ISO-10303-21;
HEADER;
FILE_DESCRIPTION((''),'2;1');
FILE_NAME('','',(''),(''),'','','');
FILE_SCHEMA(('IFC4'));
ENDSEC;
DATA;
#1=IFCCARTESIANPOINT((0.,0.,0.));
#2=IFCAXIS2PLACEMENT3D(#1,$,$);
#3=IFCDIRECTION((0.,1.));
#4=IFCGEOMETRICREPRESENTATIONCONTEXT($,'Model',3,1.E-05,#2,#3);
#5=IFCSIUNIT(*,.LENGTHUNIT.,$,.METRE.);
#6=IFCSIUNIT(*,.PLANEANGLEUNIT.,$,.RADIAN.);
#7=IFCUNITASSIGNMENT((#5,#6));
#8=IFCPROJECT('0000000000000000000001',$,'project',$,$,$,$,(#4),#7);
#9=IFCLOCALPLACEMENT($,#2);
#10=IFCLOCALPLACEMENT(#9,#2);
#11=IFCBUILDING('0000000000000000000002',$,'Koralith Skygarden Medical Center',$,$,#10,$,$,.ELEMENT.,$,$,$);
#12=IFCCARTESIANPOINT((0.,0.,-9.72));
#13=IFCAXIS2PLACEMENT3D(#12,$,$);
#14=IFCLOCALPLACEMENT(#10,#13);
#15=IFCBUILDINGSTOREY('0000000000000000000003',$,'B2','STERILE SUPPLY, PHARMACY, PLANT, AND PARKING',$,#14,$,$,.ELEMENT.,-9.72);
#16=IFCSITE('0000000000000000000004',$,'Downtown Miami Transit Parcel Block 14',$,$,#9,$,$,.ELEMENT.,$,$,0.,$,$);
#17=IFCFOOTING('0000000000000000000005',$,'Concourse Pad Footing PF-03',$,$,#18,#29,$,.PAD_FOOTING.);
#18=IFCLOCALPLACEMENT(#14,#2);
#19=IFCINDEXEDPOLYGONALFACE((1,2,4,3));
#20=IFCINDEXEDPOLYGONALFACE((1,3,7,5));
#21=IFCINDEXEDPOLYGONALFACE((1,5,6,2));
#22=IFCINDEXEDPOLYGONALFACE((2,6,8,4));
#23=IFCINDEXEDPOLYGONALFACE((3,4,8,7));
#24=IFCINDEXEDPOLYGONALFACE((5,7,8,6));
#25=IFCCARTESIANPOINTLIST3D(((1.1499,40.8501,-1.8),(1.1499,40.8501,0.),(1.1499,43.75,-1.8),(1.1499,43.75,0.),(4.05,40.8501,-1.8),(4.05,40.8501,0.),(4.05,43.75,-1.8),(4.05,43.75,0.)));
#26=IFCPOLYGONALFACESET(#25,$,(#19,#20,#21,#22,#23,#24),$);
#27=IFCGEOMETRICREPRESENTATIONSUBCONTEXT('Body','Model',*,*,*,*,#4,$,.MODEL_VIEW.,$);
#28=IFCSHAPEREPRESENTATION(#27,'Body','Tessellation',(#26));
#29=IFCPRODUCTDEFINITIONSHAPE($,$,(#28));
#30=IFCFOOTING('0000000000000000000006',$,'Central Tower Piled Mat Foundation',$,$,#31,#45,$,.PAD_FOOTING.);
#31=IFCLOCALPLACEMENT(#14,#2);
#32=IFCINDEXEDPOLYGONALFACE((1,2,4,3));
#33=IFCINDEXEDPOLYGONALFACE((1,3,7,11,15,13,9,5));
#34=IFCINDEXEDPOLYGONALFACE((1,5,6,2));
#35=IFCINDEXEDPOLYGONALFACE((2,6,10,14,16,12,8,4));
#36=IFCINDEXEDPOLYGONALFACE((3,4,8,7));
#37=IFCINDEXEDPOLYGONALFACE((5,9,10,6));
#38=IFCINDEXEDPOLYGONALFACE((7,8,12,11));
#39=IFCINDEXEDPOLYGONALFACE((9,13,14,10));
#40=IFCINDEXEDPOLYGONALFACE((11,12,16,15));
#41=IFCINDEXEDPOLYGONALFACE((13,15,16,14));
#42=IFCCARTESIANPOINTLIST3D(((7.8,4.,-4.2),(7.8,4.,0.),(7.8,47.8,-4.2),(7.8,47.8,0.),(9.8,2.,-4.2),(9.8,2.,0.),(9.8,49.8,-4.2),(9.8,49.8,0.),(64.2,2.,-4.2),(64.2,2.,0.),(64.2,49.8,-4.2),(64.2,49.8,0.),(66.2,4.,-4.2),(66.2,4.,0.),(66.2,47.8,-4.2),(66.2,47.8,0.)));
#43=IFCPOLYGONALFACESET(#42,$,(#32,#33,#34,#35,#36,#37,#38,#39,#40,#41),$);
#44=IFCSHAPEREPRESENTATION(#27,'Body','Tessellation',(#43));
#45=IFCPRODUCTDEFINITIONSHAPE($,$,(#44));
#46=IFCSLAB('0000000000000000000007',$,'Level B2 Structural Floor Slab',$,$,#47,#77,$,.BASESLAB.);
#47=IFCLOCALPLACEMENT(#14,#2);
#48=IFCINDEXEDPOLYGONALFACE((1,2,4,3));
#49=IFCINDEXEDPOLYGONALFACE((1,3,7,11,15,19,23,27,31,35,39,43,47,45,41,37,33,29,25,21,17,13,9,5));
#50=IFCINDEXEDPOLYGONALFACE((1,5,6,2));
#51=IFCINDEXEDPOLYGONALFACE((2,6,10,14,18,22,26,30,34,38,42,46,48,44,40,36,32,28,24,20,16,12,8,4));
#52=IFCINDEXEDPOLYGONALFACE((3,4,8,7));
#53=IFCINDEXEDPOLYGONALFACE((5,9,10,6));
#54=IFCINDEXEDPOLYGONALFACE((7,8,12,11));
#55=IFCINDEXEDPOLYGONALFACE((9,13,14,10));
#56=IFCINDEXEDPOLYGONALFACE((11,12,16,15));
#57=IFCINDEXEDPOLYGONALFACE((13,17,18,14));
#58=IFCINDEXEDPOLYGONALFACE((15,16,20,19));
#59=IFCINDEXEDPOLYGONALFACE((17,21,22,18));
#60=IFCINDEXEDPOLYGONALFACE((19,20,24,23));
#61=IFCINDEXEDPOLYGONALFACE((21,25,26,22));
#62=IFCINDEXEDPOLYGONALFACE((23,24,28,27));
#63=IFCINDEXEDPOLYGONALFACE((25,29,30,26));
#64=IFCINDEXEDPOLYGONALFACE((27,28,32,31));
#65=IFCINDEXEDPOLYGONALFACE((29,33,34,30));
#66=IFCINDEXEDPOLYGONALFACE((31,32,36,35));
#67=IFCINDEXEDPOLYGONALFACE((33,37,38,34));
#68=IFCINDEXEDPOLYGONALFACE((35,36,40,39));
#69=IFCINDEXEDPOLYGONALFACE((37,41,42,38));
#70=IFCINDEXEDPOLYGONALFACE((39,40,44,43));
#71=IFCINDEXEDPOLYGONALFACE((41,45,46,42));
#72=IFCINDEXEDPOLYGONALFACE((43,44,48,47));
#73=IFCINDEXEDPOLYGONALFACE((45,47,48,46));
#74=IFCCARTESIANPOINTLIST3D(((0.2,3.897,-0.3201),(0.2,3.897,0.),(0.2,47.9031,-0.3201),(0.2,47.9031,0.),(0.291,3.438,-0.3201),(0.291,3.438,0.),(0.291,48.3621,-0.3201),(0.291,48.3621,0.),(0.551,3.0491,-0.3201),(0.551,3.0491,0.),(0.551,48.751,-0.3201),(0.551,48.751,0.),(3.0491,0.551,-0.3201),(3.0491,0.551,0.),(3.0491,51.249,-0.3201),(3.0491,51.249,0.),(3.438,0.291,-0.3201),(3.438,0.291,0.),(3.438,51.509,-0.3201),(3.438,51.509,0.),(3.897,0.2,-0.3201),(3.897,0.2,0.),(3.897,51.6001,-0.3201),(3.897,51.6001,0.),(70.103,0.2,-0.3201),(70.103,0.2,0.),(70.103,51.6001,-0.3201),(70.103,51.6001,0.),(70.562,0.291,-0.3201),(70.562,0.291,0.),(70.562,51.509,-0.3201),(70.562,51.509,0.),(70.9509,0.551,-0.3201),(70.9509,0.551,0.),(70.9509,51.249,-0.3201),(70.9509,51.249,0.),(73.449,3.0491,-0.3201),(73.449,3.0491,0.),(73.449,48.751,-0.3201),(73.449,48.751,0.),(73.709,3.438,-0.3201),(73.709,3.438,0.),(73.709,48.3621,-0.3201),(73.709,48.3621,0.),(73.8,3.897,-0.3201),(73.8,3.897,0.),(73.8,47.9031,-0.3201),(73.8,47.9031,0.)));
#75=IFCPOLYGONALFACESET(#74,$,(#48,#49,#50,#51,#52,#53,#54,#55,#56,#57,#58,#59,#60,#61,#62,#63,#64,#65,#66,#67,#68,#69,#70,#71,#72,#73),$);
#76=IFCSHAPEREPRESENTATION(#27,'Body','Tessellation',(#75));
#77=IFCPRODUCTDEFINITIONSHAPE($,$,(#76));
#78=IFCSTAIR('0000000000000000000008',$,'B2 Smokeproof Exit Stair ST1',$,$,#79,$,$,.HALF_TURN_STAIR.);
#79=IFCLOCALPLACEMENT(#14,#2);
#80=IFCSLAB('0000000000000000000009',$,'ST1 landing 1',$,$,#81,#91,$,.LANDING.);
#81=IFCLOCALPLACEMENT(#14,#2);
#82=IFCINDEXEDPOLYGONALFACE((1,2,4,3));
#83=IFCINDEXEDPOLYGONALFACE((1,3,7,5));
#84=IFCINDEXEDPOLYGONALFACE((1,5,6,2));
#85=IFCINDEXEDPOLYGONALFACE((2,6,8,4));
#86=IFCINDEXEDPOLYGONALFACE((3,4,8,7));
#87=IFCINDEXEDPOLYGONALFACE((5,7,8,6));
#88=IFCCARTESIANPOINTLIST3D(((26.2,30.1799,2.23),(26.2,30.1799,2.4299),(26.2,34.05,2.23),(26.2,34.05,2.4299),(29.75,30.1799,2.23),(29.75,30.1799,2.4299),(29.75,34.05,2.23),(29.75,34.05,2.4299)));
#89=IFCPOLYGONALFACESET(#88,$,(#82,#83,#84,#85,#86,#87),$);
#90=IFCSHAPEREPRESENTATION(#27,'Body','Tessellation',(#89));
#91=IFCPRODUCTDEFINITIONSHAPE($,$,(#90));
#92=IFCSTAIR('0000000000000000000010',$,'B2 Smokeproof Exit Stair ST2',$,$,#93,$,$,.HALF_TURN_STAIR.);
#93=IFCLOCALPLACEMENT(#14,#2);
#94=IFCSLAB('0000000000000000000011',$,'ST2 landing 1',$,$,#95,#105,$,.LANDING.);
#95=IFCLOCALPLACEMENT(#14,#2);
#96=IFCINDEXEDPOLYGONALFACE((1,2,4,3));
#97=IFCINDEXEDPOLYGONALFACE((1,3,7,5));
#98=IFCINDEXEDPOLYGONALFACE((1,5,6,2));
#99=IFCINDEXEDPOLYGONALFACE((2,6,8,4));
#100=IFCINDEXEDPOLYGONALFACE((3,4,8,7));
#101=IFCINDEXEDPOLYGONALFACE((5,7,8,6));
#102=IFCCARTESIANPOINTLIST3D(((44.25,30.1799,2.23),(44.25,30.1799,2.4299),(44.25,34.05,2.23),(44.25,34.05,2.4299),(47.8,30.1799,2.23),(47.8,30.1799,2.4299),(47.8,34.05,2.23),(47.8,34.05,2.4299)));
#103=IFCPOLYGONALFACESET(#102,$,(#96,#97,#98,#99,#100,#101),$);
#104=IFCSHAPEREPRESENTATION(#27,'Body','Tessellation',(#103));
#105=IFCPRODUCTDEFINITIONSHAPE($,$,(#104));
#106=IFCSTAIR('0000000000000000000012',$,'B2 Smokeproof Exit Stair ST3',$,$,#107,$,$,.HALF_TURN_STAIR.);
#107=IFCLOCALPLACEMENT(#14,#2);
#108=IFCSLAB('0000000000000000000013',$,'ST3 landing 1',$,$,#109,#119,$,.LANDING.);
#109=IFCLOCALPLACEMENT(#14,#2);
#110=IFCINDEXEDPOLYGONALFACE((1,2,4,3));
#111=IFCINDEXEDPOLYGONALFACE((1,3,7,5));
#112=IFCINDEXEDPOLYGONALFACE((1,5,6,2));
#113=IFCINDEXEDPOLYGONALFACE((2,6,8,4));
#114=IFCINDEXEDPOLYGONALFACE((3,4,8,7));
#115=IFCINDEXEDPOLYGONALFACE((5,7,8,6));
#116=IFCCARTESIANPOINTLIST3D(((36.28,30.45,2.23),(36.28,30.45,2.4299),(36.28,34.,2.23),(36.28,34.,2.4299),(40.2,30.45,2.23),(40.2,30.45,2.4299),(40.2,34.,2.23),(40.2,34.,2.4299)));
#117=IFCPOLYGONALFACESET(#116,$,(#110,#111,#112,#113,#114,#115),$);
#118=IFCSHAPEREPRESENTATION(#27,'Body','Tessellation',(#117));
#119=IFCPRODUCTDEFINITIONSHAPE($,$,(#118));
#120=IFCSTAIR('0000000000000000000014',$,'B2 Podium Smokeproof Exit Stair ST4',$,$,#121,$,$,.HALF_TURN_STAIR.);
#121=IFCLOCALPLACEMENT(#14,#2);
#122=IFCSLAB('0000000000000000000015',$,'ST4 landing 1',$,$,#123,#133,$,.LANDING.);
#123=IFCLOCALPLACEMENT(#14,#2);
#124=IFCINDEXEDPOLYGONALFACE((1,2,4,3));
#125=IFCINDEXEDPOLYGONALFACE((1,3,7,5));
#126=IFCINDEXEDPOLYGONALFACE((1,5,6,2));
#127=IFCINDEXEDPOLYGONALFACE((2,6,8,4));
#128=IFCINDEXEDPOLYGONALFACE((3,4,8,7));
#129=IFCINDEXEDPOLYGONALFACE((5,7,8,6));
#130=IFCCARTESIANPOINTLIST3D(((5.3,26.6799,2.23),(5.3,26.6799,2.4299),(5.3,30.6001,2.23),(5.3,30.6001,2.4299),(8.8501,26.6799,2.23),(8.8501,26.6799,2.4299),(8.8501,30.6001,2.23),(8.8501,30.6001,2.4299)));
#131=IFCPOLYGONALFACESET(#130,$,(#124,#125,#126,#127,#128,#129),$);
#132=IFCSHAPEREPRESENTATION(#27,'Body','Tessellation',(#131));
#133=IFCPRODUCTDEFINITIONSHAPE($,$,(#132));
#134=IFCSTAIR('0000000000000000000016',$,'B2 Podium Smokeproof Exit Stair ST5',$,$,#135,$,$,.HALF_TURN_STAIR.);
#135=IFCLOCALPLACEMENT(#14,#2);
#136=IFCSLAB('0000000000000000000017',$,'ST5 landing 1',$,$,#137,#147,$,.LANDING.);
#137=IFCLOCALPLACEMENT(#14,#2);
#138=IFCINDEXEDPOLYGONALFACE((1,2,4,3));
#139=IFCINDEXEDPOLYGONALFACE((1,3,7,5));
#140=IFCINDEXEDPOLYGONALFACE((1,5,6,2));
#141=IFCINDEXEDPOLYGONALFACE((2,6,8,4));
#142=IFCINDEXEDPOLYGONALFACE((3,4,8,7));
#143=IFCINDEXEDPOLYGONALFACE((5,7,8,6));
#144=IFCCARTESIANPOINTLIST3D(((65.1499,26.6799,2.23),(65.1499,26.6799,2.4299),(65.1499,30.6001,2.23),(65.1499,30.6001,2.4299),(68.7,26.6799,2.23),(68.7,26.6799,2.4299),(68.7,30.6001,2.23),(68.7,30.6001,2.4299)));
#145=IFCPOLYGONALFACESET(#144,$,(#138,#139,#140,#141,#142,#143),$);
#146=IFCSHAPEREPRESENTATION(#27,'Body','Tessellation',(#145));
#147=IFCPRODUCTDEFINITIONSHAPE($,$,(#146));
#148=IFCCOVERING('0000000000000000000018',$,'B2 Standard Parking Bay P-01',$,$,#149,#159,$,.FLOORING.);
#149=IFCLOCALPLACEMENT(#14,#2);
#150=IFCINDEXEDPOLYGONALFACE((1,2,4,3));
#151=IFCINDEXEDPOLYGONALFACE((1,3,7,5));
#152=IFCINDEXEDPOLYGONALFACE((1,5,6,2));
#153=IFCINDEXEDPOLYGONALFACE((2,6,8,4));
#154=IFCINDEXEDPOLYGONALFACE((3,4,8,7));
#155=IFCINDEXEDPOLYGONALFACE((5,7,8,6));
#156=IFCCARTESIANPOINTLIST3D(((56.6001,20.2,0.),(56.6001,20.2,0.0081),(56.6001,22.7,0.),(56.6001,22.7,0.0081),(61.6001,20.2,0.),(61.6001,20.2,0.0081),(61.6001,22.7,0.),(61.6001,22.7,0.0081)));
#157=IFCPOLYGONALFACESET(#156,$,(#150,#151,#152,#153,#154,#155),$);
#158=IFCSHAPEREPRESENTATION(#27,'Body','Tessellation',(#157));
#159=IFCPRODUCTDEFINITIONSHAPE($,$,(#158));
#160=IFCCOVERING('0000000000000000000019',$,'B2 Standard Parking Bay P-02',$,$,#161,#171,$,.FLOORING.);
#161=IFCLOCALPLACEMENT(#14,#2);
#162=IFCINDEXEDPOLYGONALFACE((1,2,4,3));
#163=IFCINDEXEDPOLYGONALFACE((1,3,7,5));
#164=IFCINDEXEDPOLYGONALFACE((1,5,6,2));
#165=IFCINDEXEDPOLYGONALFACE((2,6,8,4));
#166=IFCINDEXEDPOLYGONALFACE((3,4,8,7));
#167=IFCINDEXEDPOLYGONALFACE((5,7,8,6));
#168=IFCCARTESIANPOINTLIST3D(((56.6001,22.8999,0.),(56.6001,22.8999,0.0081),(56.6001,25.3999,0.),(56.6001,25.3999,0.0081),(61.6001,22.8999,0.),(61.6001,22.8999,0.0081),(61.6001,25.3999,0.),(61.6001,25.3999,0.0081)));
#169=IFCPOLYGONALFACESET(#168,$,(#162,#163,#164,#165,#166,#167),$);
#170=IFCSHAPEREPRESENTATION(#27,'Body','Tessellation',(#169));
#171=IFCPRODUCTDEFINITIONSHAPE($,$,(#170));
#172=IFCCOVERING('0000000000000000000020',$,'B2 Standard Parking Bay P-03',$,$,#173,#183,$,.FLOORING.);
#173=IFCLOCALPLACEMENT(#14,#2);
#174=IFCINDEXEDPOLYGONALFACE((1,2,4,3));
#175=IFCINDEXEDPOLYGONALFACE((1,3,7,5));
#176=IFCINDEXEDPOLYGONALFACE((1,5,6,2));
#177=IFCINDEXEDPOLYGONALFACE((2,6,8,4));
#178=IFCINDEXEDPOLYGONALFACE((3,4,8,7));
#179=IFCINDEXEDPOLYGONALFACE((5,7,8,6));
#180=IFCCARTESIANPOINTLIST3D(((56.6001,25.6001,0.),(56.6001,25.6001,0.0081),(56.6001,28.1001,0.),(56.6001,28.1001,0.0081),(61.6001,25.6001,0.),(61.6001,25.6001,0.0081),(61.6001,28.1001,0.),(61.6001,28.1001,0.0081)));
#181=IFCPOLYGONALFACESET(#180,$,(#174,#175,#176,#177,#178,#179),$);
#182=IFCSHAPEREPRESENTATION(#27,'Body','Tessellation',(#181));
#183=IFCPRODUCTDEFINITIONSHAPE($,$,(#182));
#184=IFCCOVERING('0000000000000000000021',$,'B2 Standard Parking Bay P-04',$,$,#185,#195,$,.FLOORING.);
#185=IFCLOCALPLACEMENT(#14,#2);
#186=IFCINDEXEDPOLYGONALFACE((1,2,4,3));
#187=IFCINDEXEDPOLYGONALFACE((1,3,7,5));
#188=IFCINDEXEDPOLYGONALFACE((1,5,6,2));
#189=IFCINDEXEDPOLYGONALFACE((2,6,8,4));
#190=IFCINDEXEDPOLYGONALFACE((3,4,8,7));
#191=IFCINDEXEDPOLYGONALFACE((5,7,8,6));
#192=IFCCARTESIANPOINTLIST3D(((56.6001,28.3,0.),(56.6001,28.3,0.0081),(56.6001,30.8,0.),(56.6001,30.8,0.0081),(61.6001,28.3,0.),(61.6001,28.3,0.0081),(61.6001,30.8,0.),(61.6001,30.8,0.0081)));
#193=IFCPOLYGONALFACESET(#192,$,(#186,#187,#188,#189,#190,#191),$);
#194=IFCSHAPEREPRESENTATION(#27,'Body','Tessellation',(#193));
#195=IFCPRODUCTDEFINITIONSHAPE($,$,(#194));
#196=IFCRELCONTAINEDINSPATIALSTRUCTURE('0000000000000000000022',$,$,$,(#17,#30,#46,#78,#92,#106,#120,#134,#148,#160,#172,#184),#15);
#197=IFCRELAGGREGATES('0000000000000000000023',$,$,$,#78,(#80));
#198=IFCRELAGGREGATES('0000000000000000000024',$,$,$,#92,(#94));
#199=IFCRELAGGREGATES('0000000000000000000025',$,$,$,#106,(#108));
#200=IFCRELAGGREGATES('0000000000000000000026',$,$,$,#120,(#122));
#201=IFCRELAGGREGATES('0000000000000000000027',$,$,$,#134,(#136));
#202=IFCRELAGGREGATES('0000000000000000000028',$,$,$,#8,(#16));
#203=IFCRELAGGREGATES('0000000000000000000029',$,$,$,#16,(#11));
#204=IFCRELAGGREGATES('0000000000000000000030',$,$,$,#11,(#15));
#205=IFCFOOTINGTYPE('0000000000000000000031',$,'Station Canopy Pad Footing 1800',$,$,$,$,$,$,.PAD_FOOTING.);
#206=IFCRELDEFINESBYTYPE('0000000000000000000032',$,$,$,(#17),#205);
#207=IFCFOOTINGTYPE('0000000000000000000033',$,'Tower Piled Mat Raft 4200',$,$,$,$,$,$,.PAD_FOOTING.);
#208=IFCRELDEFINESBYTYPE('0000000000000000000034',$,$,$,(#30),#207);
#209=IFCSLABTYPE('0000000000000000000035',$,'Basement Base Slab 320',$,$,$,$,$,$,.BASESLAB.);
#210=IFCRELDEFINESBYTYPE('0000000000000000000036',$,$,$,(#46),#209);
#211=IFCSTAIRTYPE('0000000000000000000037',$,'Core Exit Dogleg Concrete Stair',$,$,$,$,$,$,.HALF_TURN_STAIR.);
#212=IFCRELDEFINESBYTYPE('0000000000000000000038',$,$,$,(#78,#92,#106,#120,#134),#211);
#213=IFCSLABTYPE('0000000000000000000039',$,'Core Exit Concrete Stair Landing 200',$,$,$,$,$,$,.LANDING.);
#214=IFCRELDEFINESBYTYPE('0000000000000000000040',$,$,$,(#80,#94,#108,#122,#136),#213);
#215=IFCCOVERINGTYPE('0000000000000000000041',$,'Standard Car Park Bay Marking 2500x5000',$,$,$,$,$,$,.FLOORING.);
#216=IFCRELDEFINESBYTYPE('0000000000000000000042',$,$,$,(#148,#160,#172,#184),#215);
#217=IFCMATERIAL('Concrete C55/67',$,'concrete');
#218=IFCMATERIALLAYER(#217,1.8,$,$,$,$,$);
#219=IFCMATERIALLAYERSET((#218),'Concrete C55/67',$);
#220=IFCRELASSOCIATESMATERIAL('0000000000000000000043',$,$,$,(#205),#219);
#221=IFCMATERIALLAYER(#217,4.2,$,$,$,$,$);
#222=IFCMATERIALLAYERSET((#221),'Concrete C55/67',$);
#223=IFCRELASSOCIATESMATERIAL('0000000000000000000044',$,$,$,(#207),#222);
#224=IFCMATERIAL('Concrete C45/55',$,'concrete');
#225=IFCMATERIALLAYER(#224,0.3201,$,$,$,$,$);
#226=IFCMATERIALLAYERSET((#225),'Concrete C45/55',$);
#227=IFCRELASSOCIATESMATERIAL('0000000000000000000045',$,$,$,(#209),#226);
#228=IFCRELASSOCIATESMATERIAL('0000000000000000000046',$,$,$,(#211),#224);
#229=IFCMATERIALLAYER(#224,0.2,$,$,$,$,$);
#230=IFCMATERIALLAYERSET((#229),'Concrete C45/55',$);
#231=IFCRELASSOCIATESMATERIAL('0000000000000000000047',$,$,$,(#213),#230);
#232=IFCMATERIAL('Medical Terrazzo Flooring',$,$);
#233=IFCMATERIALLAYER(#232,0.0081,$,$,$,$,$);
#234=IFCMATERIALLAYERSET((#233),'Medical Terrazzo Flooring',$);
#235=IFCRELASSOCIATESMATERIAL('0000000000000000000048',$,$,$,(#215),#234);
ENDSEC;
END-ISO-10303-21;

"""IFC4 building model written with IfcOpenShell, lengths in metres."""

from ifc_helpers import new_model, si_unit, direction, frame, origin, place, context, subcontext, project, spatial, polyline, outline, extrude, material, layer, layer_set, type_object, element, aggregate, save


model = new_model("IFC4")

# Units and contexts
model_context = context("Model", 3, precision=1e-05, world=origin(), true_north=direction((0.0, 1.0)))
body_context = subcontext(model_context, "Body", "Model", "MODEL_VIEW")
ifc_project = project(units=[si_unit("LENGTHUNIT", "METRE"), si_unit("PLANEANGLEUNIT", "RADIAN")], contexts=[model_context])

# Site, building, storey
site_placement = place(None, origin())
site = spatial("IfcSite", under=ifc_project, at=site_placement, Name="Downtown Miami Transit Parcel Block 14", CompositionType="ELEMENT", RefElevation=0.0)
building_placement = place(site_placement, origin())
building = spatial("IfcBuilding", under=site, at=building_placement, Name="Koralith Skygarden Medical Center", CompositionType="ELEMENT")
storey_placement = place(building_placement, frame((0.0, 0.0, -9.72)))
storey = spatial("IfcBuildingStorey", under=building, at=storey_placement, Name="B2", Description="STERILE SUPPLY, PHARMACY, PLANT, AND PARKING", CompositionType="ELEMENT", Elevation=-9.72)

# Footings
ifc_material_1 = material(Name="Concrete C55/67", Category="concrete")
ifc_layer_1 = layer(ifc_material_1, 1.8)
ifc_layer_set_1 = layer_set([ifc_layer_1], Name="Concrete C55/67")
footing_type_1 = type_object("IfcFootingType", Name="Station Canopy Pad Footing 1800", PredefinedType="PAD_FOOTING", material=ifc_layer_set_1)
footing_1_placement = place(storey_placement, frame((0.0, 0.0, -1.8)))
element("IfcFooting", 1, at=footing_1_placement, inside=storey, type_object=footing_type_1, Name="Concourse Pad Footing PF-03", PredefinedType="PAD_FOOTING", context=body_context, shape_type="SweptSolid", body=[
    extrude(outline(polyline([(1.1499, 40.8501), (4.05, 40.8501), (4.05, 43.75), (1.1499, 43.75), (1.1499, 40.8501)])), origin(), (0.0, 0.0, 1.0), 1.8),
])
ifc_layer_2 = layer(ifc_material_1, 4.2)
ifc_layer_set_2 = layer_set([ifc_layer_2], Name="Concrete C55/67")
footing_type_2 = type_object("IfcFootingType", Name="Tower Piled Mat Raft 4200", PredefinedType="PAD_FOOTING", material=ifc_layer_set_2)
footing_2_placement = place(storey_placement, frame((0.0, 0.0, -4.2)))
element("IfcFooting", 2, at=footing_2_placement, inside=storey, type_object=footing_type_2, Name="Central Tower Piled Mat Foundation", PredefinedType="PAD_FOOTING", context=body_context, shape_type="SweptSolid", body=[
    extrude(outline(polyline([(9.8, 2.0), (64.2, 2.0), (66.2, 4.0), (66.2, 47.8), (64.2, 49.8), (9.8, 49.8), (7.8, 47.8), (7.8, 4.0), (9.8, 2.0)])), origin(), (0.0, 0.0, 1.0), 4.2),
])

# Slab
ifc_material_2 = material(Name="Concrete C45/55", Category="concrete")
ifc_layer_3 = layer(ifc_material_2, 0.3201)
ifc_layer_set_3 = layer_set([ifc_layer_3], Name="Concrete C45/55")
slab_type_1 = type_object("IfcSlabType", Name="Basement Base Slab 320", PredefinedType="BASESLAB", material=ifc_layer_set_3)
slab_1_placement = place(storey_placement, frame((0.0, 0.0, -0.3201)))
element("IfcSlab", 3, at=slab_1_placement, inside=storey, type_object=slab_type_1, Name="Level B2 Structural Floor Slab", PredefinedType="BASESLAB", context=body_context, shape_type="SweptSolid", body=[
    extrude(outline(polyline([(3.0491, 0.551), (3.438, 0.291), (3.897, 0.2), (70.103, 0.2), (70.562, 0.291), (70.9509, 0.551), (73.449, 3.0491), (73.709, 3.438), (73.8, 3.897), (73.8, 47.9031), (73.709, 48.3621), (73.449, 48.751), (70.9509, 51.249), (70.562, 51.509), (70.103, 51.6001), (3.897, 51.6001), (3.438, 51.509), (3.0491, 51.249), (0.551, 48.751), (0.291, 48.3621), (0.2, 47.9031), (0.2, 3.897), (0.291, 3.438), (0.551, 3.0491), (3.0491, 0.551)])), origin(), (0.0, 0.0, 1.0), 0.3201),
])

# Stairs, slabs
stair_type = type_object("IfcStairType", Name="Core Exit Dogleg Concrete Stair", PredefinedType="HALF_TURN_STAIR", material=ifc_material_2)
stair_1_placement = place(storey_placement, origin())
stair_1 = element("IfcStair", 4, at=stair_1_placement, inside=storey, type_object=stair_type, Name="B2 Smokeproof Exit Stair ST1", PredefinedType="HALF_TURN_STAIR")
ifc_layer_4 = layer(ifc_material_2, 0.2)
ifc_layer_set_4 = layer_set([ifc_layer_4], Name="Concrete C45/55")
slab_type_2 = type_object("IfcSlabType", Name="Core Exit Concrete Stair Landing 200", PredefinedType="LANDING", material=ifc_layer_set_4)
slab_2_placement = place(storey_placement, frame((0.0, 0.0, 2.23)))
slab_2 = element("IfcSlab", 5, at=slab_2_placement, type_object=slab_type_2, Name="ST1 landing 1", PredefinedType="LANDING", context=body_context, shape_type="SweptSolid", body=[
    extrude(outline(polyline([(29.75, 30.1799), (29.75, 34.05), (26.2, 34.05), (26.2, 30.1799), (29.75, 30.1799)])), origin(), (0.0, 0.0, 1.0), 0.2),
])
aggregate(stair_1, [slab_2])
stair_2_placement = place(storey_placement, origin())
stair_2 = element("IfcStair", 6, at=stair_2_placement, inside=storey, type_object=stair_type, Name="B2 Smokeproof Exit Stair ST2", PredefinedType="HALF_TURN_STAIR")
slab_3_placement = place(storey_placement, frame((0.0, 0.0, 2.23)))
slab_3 = element("IfcSlab", 7, at=slab_3_placement, type_object=slab_type_2, Name="ST2 landing 1", PredefinedType="LANDING", context=body_context, shape_type="SweptSolid", body=[
    extrude(outline(polyline([(47.8, 30.1799), (47.8, 34.05), (44.25, 34.05), (44.25, 30.1799), (47.8, 30.1799)])), origin(), (0.0, 0.0, 1.0), 0.2),
])
aggregate(stair_2, [slab_3])
stair_3_placement = place(storey_placement, origin())
stair_3 = element("IfcStair", 8, at=stair_3_placement, inside=storey, type_object=stair_type, Name="B2 Smokeproof Exit Stair ST3", PredefinedType="HALF_TURN_STAIR")
slab_4_placement = place(storey_placement, frame((0.0, 0.0, 2.23)))
slab_4 = element("IfcSlab", 9, at=slab_4_placement, type_object=slab_type_2, Name="ST3 landing 1", PredefinedType="LANDING", context=body_context, shape_type="SweptSolid", body=[
    extrude(outline(polyline([(36.28, 30.45), (40.2, 30.45), (40.2, 34.0), (36.28, 34.0), (36.28, 30.45)])), origin(), (0.0, 0.0, 1.0), 0.2),
])
aggregate(stair_3, [slab_4])
stair_4_placement = place(storey_placement, origin())
stair_4 = element("IfcStair", 10, at=stair_4_placement, inside=storey, type_object=stair_type, Name="B2 Podium Smokeproof Exit Stair ST4", PredefinedType="HALF_TURN_STAIR")
slab_5_placement = place(storey_placement, frame((0.0, 0.0, 2.23)))
slab_5 = element("IfcSlab", 11, at=slab_5_placement, type_object=slab_type_2, Name="ST4 landing 1", PredefinedType="LANDING", context=body_context, shape_type="SweptSolid", body=[
    extrude(outline(polyline([(8.8501, 26.6799), (8.8501, 30.6001), (5.3, 30.6001), (5.3, 26.6799), (8.8501, 26.6799)])), origin(), (0.0, 0.0, 1.0), 0.2),
])
aggregate(stair_4, [slab_5])
stair_5_placement = place(storey_placement, origin())
stair_5 = element("IfcStair", 12, at=stair_5_placement, inside=storey, type_object=stair_type, Name="B2 Podium Smokeproof Exit Stair ST5", PredefinedType="HALF_TURN_STAIR")
slab_6_placement = place(storey_placement, frame((0.0, 0.0, 2.23)))
slab_6 = element("IfcSlab", 13, at=slab_6_placement, type_object=slab_type_2, Name="ST5 landing 1", PredefinedType="LANDING", context=body_context, shape_type="SweptSolid", body=[
    extrude(outline(polyline([(68.7, 26.6799), (68.7, 30.6001), (65.1499, 30.6001), (65.1499, 26.6799), (68.7, 26.6799)])), origin(), (0.0, 0.0, 1.0), 0.2),
])
aggregate(stair_5, [slab_6])

# Coverings
ifc_material_3 = material(Name="Medical Terrazzo Flooring")
ifc_layer_5 = layer(ifc_material_3, 0.0081)
ifc_layer_set_5 = layer_set([ifc_layer_5], Name="Medical Terrazzo Flooring")
covering_type = type_object("IfcCoveringType", Name="Standard Car Park Bay Marking 2500x5000", PredefinedType="FLOORING", material=ifc_layer_set_5)
covering_1_placement = place(storey_placement, origin())
element("IfcCovering", 14, at=covering_1_placement, inside=storey, type_object=covering_type, Name="B2 Standard Parking Bay P-01", PredefinedType="FLOORING", context=body_context, shape_type="SweptSolid", body=[
    extrude(outline(polyline([(56.6001, 20.2), (61.6001, 20.2), (61.6001, 22.7), (56.6001, 22.7), (56.6001, 20.2)])), origin(), (0.0, 0.0, 1.0), 0.0081),
])
covering_2_placement = place(storey_placement, origin())
element("IfcCovering", 15, at=covering_2_placement, inside=storey, type_object=covering_type, Name="B2 Standard Parking Bay P-02", PredefinedType="FLOORING", context=body_context, shape_type="SweptSolid", body=[
    extrude(outline(polyline([(56.6001, 22.8999), (61.6001, 22.8999), (61.6001, 25.3999), (56.6001, 25.3999), (56.6001, 22.8999)])), origin(), (0.0, 0.0, 1.0), 0.0081),
])
covering_3_placement = place(storey_placement, origin())
element("IfcCovering", 16, at=covering_3_placement, inside=storey, type_object=covering_type, Name="B2 Standard Parking Bay P-03", PredefinedType="FLOORING", context=body_context, shape_type="SweptSolid", body=[
    extrude(outline(polyline([(56.6001, 25.6001), (61.6001, 25.6001), (61.6001, 28.1001), (56.6001, 28.1001), (56.6001, 25.6001)])), origin(), (0.0, 0.0, 1.0), 0.0081),
])
covering_4_placement = place(storey_placement, origin())
element("IfcCovering", 17, at=covering_4_placement, inside=storey, type_object=covering_type, Name="B2 Standard Parking Bay P-04", PredefinedType="FLOORING", context=body_context, shape_type="SweptSolid", body=[
    extrude(outline(polyline([(56.6001, 28.3), (61.6001, 28.3), (61.6001, 30.8), (56.6001, 30.8), (56.6001, 28.3)])), origin(), (0.0, 0.0, 1.0), 0.0081),
])

save(model, "model.ifc")
